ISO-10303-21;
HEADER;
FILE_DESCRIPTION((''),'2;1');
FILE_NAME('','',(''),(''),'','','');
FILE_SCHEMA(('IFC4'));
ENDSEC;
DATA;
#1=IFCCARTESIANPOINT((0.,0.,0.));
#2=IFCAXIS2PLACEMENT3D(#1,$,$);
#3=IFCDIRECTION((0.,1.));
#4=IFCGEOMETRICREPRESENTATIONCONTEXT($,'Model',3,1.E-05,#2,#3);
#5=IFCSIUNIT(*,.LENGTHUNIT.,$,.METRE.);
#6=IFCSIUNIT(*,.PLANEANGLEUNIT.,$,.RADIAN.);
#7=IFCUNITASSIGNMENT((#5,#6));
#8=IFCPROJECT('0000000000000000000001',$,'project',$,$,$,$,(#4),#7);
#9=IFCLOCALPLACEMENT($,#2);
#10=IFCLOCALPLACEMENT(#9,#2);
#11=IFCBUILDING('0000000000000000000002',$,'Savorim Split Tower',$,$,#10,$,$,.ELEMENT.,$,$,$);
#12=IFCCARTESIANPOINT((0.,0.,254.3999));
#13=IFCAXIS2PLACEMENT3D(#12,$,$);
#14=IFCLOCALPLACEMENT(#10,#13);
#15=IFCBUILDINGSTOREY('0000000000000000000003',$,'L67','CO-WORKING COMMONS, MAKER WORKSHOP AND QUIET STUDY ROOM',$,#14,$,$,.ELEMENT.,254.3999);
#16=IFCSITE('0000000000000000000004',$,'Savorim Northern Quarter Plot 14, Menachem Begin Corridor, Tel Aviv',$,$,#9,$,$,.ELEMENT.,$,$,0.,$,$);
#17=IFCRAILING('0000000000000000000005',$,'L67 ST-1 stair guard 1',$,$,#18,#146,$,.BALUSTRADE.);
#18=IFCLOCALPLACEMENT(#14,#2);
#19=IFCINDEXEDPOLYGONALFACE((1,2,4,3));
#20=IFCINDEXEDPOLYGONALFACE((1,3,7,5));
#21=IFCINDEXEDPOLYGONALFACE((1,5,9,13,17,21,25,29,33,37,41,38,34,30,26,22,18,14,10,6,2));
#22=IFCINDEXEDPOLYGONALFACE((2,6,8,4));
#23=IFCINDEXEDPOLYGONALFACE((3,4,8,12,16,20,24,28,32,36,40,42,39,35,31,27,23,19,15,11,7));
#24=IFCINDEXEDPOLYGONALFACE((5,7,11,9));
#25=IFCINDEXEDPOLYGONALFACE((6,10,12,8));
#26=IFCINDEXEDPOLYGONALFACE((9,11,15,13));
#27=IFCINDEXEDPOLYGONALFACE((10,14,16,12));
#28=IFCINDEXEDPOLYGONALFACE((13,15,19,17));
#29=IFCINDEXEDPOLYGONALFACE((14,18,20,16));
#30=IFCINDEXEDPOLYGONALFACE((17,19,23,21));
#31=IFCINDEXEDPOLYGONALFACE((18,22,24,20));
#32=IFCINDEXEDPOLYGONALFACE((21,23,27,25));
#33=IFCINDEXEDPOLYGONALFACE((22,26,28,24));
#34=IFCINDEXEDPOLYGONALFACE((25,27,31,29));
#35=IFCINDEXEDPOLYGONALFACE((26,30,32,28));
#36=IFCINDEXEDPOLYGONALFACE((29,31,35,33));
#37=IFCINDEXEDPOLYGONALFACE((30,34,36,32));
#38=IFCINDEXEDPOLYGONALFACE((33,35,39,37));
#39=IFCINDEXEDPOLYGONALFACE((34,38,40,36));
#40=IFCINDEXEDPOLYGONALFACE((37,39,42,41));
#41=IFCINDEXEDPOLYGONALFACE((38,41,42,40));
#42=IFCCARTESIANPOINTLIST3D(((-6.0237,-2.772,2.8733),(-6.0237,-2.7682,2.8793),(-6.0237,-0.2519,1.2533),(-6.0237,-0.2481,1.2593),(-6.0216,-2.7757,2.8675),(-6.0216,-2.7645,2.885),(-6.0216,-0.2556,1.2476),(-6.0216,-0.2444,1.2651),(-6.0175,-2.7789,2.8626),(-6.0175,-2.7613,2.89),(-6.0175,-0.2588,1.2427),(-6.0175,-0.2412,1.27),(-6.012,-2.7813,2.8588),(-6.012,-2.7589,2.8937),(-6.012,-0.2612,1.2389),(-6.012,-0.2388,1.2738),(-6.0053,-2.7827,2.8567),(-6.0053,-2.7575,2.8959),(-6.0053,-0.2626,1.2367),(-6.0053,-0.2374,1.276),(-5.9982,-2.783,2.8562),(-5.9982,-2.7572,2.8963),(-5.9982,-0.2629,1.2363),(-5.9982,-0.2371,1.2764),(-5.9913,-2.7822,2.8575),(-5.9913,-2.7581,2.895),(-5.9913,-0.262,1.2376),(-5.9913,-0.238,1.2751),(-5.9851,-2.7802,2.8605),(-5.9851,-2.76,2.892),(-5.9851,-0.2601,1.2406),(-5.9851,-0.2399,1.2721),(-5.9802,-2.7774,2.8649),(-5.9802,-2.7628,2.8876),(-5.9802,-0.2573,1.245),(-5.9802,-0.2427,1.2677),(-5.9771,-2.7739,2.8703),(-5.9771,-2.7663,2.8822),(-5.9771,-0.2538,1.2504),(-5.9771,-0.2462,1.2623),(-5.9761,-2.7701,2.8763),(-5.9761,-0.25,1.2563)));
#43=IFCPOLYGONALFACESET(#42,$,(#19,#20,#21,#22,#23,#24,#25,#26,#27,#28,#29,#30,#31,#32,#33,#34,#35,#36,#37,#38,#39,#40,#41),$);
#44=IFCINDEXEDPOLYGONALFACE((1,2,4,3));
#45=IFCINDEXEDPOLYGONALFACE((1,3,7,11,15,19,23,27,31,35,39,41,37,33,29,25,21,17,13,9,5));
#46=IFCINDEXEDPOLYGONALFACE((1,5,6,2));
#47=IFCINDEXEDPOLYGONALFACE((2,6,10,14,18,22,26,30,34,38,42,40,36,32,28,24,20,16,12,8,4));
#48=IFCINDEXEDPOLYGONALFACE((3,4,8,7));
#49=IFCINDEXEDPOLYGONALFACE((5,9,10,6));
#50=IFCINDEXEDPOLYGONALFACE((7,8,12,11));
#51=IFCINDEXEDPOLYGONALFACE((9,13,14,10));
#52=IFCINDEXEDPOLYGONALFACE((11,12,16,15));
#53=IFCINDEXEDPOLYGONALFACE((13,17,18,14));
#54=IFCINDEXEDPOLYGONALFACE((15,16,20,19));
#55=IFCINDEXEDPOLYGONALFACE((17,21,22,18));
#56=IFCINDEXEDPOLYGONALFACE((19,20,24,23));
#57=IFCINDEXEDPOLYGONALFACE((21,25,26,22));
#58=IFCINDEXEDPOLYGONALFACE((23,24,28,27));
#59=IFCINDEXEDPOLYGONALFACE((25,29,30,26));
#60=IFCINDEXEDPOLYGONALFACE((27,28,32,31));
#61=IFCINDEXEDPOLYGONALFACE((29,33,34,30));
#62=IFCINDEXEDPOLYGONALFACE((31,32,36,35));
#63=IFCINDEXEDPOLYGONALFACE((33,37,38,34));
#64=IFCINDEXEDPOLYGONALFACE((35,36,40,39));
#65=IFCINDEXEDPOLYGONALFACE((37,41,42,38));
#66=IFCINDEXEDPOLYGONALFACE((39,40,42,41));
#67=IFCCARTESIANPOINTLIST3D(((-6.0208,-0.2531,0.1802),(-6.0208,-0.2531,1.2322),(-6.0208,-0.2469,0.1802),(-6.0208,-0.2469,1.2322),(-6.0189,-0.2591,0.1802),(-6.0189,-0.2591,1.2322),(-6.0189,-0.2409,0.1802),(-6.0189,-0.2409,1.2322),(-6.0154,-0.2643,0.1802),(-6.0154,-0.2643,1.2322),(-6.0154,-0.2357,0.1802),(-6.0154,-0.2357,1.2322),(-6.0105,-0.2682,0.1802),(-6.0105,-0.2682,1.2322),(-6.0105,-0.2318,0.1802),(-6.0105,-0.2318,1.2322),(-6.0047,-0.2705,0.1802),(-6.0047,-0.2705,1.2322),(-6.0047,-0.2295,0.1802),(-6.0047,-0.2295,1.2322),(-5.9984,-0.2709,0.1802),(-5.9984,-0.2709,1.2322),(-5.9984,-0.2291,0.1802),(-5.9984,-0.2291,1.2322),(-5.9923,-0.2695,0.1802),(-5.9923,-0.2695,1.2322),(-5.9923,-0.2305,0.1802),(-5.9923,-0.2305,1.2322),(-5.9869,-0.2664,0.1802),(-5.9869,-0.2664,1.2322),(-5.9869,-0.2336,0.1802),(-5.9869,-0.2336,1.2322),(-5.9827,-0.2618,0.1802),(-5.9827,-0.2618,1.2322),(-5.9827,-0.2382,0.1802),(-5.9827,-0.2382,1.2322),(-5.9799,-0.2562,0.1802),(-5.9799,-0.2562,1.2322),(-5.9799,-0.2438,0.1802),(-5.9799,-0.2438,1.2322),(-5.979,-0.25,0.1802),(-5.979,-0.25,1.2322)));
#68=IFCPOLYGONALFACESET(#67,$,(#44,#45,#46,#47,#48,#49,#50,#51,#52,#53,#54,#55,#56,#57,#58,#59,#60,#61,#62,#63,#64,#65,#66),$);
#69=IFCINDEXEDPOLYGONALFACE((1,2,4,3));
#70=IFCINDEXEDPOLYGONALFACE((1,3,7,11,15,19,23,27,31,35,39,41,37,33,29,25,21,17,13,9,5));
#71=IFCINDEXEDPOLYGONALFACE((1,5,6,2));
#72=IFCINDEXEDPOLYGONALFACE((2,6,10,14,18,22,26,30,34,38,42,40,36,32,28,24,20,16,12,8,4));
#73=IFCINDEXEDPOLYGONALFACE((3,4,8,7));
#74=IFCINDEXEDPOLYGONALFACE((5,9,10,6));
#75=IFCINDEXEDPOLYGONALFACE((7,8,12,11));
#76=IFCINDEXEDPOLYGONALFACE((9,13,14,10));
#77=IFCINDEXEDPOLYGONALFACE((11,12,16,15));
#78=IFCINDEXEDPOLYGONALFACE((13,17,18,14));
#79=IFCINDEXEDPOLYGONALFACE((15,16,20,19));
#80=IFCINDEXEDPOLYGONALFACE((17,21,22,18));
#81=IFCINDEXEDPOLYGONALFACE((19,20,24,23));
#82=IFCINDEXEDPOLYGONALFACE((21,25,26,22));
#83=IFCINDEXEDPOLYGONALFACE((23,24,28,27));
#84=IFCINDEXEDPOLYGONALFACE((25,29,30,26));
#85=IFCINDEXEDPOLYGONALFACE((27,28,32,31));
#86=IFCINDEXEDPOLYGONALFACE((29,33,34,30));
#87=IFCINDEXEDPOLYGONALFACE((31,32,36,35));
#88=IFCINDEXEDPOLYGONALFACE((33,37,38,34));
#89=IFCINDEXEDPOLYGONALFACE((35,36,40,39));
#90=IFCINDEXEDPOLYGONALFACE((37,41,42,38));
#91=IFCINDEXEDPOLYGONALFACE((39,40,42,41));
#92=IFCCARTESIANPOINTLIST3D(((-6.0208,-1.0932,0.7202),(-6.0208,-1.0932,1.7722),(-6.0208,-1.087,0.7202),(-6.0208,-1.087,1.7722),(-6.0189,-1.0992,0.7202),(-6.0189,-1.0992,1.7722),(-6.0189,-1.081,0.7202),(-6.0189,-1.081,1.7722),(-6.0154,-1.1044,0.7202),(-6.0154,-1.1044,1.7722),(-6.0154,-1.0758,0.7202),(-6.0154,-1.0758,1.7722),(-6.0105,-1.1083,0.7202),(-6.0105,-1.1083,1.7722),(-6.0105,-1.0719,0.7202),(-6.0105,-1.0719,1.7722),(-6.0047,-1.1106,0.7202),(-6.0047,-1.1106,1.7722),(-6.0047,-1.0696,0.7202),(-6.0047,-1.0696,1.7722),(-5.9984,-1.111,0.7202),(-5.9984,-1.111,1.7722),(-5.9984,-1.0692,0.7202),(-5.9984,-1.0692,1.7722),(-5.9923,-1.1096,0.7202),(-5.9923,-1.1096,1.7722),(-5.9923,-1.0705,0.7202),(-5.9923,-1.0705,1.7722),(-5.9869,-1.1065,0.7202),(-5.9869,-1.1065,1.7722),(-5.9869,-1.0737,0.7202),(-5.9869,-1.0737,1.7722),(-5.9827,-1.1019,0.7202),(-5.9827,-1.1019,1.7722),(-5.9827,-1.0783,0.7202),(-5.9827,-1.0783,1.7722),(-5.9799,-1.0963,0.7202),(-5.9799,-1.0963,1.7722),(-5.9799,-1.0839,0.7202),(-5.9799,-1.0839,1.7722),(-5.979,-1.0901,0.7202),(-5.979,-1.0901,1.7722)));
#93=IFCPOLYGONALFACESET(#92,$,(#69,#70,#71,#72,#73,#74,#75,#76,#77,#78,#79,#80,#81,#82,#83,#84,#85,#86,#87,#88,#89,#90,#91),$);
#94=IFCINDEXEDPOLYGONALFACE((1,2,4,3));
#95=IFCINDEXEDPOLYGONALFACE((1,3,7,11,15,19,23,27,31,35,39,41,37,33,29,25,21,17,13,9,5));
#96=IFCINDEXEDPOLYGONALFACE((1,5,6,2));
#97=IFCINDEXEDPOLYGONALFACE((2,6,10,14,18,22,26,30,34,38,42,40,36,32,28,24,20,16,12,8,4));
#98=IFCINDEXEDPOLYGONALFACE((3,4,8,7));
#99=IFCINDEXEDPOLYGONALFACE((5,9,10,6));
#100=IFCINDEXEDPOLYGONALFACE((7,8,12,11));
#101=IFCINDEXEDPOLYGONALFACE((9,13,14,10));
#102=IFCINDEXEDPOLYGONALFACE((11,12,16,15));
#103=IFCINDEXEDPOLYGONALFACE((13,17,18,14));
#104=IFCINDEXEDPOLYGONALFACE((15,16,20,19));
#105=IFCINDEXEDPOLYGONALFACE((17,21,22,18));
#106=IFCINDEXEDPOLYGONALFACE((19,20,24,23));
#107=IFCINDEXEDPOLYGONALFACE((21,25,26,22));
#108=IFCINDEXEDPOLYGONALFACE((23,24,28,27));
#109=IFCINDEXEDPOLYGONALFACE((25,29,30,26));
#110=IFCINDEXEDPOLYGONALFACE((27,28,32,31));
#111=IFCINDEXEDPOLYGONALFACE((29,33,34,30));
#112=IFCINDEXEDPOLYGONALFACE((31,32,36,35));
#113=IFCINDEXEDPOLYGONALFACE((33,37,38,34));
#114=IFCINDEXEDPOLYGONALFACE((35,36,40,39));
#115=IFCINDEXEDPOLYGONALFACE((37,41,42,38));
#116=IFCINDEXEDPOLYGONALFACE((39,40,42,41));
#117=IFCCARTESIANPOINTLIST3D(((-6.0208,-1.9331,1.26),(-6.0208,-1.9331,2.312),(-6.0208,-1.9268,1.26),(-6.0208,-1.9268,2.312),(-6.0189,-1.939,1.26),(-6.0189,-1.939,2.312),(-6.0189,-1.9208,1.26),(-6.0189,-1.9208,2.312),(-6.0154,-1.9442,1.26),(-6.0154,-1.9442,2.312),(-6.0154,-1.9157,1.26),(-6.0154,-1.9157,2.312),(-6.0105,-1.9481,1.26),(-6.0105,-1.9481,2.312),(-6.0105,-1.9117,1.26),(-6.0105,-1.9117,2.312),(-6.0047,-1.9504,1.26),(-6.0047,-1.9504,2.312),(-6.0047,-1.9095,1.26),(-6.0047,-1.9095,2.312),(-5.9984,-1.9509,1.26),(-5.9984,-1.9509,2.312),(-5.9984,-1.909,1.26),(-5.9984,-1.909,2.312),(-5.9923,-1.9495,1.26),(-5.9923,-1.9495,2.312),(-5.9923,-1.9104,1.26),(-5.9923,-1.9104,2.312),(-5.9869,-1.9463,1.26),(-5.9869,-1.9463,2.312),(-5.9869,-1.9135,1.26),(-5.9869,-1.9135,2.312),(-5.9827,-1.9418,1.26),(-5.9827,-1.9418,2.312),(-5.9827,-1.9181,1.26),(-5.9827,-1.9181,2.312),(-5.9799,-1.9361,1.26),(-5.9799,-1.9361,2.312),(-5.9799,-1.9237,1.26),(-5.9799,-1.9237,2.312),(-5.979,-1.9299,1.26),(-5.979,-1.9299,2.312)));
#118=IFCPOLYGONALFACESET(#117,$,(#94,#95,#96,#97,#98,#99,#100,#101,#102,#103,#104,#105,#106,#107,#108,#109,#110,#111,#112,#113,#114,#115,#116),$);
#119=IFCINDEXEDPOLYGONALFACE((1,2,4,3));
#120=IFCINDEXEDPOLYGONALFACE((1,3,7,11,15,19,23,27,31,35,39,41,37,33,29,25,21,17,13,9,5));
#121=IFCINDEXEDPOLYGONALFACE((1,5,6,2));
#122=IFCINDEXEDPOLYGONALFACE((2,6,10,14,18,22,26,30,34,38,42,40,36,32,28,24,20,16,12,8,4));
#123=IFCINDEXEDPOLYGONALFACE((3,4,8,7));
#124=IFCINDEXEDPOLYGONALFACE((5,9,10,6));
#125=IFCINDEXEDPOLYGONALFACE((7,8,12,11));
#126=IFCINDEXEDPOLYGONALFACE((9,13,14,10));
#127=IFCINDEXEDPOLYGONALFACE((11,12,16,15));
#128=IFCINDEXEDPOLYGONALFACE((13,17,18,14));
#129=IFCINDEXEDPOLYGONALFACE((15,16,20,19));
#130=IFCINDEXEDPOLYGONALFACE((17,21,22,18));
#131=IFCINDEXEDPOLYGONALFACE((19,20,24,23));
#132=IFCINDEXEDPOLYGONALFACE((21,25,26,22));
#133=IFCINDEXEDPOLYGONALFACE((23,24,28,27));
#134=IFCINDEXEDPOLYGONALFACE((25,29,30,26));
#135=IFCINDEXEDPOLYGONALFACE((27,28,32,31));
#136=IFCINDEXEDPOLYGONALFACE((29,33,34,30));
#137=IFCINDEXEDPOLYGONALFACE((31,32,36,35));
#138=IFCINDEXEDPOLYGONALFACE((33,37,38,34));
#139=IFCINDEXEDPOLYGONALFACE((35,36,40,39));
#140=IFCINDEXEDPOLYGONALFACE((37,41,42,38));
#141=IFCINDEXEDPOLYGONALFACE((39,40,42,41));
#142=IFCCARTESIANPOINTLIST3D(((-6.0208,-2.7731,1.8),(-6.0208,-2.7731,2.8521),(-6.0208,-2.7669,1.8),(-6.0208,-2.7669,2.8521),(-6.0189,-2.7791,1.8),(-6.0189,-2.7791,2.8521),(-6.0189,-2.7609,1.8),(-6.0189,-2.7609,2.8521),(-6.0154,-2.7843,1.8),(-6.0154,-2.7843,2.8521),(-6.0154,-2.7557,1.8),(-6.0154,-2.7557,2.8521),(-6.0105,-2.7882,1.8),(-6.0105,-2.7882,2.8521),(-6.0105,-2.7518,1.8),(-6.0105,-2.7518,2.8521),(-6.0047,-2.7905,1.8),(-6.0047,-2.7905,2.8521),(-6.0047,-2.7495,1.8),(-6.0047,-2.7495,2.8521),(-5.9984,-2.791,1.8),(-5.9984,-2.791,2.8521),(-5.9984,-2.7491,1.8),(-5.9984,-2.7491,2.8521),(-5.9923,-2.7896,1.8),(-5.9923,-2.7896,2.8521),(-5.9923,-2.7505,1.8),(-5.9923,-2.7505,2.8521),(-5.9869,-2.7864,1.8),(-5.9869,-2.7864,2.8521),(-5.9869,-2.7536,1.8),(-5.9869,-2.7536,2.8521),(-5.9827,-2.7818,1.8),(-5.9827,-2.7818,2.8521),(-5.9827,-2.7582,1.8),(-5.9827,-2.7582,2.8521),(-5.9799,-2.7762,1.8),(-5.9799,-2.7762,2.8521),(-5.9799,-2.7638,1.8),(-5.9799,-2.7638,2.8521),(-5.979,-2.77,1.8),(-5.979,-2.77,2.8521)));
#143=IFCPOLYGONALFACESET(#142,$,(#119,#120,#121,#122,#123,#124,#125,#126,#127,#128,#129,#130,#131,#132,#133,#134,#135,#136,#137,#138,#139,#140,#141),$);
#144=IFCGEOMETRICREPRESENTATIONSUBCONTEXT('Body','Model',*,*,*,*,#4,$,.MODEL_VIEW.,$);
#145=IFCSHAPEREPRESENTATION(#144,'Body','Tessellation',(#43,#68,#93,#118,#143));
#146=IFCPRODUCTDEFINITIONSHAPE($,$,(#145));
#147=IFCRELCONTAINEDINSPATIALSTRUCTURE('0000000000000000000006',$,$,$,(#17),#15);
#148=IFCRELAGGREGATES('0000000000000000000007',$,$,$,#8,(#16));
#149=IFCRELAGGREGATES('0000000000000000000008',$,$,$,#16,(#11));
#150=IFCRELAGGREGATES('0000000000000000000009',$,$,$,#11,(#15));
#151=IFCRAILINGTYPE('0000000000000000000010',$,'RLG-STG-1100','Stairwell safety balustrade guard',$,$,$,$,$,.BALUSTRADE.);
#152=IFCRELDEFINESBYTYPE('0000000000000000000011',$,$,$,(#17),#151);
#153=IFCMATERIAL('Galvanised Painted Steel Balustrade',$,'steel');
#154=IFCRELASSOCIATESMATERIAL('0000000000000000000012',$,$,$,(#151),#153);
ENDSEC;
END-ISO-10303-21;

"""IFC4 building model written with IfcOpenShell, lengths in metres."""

from ifc_helpers import new_model, si_unit, direction, frame, origin, origin_2d, place, context, subcontext, project, spatial, circle, extrude, material, type_object, element, save


model = new_model("IFC4")

# Units and contexts
model_context = context("Model", 3, precision=1e-05, world=origin(), true_north=direction((0.0, 1.0)))
body_context = subcontext(model_context, "Body", "Model", "MODEL_VIEW")
ifc_project = project(units=[si_unit("LENGTHUNIT", "METRE"), si_unit("PLANEANGLEUNIT", "RADIAN")], contexts=[model_context])

# Site, building, storey
site_placement = place(None, origin())
site = spatial("IfcSite", under=ifc_project, at=site_placement, Name="Savorim Northern Quarter Plot 14, Menachem Begin Corridor, Tel Aviv", CompositionType="ELEMENT", RefElevation=0.0)
building_placement = place(site_placement, origin())
building = spatial("IfcBuilding", under=site, at=building_placement, Name="Savorim Split Tower", CompositionType="ELEMENT")
storey_placement = place(building_placement, frame((0.0, 0.0, 254.3999)))
storey = spatial("IfcBuildingStorey", under=building, at=storey_placement, Name="L67", Description="CO-WORKING COMMONS, MAKER WORKSHOP AND QUIET STUDY ROOM", CompositionType="ELEMENT", Elevation=254.3999)

# Railing
ifc_material_1 = material(Name="Galvanised Painted Steel Balustrade", Category="steel")
railing_type_1 = type_object("IfcRailingType", Name="RLG-STG-1100", Description="Stairwell safety balustrade guard", PredefinedType="BALUSTRADE", material=ifc_material_1)
railing_1_placement = place(storey_placement, frame((-6.0, -0.25, 0.1802)))
element("IfcRailing", 1, at=railing_1_placement, inside=storey, type_object=railing_type_1, Name="L67 ST-1 stair guard 1", PredefinedType="BALUSTRADE", context=body_context, shape_type="SweptSolid", body=[
    extrude(circle(Radius=0.0239, at=origin_2d()), frame((0.0, 0.0, 1.0762), z_axis=(0.0, -0.8412, 0.540725), x_axis=(1.0, 0.0, 0.0)), (0.0, 0.0, 1.0), 2.9958),
    extrude(circle(Radius=0.021, at=origin_2d()), origin(), (0.0, 0.0, 1.0), 1.052),
    extrude(circle(Radius=0.021, at=origin_2d()), frame((0.0, -0.8401, 0.54)), (0.0, 0.0, 1.0), 1.052),
    extrude(circle(Radius=0.021, at=origin_2d()), frame((0.0, -1.6799, 1.0798)), (0.0, 0.0, 1.0), 1.052),
    extrude(circle(Radius=0.021, at=origin_2d()), frame((0.0, -2.52, 1.6199)), (0.0, 0.0, 1.0), 1.052),
])

save(model, "model.ifc")
